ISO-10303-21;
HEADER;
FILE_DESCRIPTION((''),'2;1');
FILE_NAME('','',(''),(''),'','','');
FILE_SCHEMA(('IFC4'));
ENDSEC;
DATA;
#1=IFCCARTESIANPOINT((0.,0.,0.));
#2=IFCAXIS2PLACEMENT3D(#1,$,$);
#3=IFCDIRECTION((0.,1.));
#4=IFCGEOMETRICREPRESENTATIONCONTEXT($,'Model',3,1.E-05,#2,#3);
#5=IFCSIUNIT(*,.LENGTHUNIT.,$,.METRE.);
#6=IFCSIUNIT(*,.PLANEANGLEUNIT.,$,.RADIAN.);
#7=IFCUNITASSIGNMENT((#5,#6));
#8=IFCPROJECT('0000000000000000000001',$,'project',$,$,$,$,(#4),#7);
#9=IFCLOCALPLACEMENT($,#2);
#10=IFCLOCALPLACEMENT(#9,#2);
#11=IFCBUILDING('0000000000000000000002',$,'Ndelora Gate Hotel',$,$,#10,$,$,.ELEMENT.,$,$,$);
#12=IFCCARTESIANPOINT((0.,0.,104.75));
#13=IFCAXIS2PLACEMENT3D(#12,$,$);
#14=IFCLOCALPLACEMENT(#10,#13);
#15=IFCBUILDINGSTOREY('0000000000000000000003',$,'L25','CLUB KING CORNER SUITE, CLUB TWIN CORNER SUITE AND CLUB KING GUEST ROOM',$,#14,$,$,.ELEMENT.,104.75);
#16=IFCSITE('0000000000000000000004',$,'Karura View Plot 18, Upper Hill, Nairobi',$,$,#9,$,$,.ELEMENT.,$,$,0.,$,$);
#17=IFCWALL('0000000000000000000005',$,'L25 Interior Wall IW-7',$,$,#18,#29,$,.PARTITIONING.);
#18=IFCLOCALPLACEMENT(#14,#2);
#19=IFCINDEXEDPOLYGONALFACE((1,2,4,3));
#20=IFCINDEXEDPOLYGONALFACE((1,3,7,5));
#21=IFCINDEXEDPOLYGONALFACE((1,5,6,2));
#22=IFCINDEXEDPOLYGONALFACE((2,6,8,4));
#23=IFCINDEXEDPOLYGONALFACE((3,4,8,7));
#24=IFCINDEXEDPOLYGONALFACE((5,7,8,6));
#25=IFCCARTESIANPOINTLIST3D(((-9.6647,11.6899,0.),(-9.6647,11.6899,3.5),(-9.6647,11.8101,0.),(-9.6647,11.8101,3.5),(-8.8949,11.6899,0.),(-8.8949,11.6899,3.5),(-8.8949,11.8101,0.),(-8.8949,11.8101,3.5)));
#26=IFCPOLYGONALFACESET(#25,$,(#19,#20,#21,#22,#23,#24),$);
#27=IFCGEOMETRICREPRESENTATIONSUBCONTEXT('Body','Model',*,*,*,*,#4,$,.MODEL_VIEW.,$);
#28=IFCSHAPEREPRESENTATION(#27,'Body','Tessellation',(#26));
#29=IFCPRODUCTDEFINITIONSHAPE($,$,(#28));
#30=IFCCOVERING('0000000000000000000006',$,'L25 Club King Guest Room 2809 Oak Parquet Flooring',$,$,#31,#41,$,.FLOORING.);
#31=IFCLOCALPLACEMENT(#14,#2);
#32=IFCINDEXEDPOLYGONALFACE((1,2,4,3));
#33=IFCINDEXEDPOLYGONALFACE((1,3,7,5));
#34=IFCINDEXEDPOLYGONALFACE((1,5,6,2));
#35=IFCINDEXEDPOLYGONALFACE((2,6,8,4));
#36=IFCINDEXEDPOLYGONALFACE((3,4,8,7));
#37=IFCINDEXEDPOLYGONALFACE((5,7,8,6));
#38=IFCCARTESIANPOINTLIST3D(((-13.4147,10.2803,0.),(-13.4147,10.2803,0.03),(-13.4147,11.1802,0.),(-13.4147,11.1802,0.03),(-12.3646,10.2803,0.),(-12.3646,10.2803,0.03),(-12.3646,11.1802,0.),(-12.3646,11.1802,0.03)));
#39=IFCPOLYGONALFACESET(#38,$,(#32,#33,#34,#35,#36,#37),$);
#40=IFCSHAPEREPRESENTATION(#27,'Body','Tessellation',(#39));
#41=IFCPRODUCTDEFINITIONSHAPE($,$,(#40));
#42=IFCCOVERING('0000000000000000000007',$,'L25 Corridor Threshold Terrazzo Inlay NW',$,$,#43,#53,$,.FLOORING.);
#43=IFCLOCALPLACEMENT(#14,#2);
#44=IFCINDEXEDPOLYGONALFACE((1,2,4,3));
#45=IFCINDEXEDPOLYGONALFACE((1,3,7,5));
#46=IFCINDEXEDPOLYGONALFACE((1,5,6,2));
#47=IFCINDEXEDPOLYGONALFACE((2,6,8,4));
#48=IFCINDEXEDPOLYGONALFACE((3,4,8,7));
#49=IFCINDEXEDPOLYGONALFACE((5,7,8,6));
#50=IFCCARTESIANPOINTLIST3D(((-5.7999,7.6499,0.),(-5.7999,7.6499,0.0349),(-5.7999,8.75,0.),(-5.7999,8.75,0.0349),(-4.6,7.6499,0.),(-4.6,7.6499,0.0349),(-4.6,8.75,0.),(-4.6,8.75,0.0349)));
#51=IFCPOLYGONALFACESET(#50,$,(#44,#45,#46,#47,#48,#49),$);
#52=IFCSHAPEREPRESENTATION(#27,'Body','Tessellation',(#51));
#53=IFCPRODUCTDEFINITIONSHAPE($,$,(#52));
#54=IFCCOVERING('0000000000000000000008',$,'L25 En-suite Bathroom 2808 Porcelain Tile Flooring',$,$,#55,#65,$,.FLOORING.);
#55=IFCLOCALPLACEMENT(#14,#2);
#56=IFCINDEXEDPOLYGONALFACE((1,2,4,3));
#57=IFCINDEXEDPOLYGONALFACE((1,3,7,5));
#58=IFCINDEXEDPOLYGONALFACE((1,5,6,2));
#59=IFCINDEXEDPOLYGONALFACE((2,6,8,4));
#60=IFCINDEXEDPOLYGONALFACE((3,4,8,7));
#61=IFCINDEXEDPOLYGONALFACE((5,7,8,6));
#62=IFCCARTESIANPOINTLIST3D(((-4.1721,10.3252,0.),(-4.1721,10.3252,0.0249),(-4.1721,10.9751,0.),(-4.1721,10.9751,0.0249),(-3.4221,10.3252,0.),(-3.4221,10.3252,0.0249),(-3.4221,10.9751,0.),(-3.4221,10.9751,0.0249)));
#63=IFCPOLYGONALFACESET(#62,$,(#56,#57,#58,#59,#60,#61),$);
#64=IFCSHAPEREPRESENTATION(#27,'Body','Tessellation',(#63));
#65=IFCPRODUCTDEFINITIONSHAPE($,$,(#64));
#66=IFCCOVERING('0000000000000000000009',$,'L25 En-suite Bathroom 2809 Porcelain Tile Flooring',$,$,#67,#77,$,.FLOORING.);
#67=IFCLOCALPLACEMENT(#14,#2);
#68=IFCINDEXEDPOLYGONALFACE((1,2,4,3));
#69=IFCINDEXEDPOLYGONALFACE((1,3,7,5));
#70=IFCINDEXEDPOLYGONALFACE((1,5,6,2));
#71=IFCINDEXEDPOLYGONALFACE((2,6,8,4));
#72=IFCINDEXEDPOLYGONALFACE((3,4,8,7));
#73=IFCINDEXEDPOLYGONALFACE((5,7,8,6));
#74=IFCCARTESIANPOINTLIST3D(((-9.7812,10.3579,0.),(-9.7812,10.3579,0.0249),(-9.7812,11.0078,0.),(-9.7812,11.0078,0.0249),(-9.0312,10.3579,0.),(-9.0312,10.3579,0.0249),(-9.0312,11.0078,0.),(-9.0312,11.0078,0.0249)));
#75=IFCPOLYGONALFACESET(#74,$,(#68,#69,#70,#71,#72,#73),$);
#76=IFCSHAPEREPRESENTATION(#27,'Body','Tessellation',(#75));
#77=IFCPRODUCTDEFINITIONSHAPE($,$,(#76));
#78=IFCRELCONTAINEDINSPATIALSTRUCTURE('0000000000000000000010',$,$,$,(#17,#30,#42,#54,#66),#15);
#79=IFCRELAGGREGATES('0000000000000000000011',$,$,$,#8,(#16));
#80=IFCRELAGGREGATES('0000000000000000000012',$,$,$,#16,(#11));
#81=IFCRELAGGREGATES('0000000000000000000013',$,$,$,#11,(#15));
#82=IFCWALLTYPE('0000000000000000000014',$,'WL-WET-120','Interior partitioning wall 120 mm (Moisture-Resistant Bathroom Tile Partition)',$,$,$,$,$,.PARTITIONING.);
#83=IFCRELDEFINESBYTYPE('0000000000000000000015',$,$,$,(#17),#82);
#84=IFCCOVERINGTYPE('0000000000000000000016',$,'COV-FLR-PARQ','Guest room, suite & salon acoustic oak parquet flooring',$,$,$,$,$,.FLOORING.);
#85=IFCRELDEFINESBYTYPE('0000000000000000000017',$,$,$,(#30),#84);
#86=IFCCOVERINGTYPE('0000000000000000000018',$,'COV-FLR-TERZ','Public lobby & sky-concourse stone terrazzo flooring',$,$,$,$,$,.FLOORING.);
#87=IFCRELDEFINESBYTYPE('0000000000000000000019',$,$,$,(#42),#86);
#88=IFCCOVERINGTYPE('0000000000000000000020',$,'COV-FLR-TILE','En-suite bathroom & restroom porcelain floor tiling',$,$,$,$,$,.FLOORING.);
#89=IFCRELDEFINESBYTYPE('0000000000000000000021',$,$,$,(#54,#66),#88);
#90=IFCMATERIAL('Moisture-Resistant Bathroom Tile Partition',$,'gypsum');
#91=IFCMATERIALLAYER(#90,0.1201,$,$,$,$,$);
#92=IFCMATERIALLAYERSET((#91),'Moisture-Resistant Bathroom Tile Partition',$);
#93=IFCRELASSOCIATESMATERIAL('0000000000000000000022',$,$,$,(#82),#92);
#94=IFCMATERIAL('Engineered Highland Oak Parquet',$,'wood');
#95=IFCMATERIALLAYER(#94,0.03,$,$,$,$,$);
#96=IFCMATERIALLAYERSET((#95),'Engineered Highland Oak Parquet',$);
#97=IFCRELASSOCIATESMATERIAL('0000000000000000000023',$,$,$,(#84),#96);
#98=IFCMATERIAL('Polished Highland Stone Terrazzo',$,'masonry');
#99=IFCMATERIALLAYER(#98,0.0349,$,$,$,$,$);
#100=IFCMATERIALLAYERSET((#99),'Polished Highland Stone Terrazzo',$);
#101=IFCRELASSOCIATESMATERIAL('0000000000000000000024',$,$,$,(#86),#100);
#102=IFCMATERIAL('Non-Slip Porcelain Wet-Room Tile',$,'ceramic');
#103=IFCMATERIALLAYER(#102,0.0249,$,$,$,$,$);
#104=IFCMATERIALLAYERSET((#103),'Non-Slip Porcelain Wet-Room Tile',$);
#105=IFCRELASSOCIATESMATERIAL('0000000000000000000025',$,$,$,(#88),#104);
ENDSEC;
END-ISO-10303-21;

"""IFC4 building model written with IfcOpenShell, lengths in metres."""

from ifc_helpers import new_model, si_unit, direction, frame, frame_2d, origin, origin_2d, place, context, subcontext, project, spatial, rectangle, extrude, material, layer, layer_set, type_object, element, save


model = new_model("IFC4")

# Units and contexts
model_context = context("Model", 3, precision=1e-05, world=origin(), true_north=direction((0.0, 1.0)))
body_context = subcontext(model_context, "Body", "Model", "MODEL_VIEW")
ifc_project = project(units=[si_unit("LENGTHUNIT", "METRE"), si_unit("PLANEANGLEUNIT", "RADIAN")], contexts=[model_context])

# Site, building, storey
site_placement = place(None, origin())
site = spatial("IfcSite", under=ifc_project, at=site_placement, Name="Karura View Plot 18, Upper Hill, Nairobi", CompositionType="ELEMENT", RefElevation=0.0)
building_placement = place(site_placement, origin())
building = spatial("IfcBuilding", under=site, at=building_placement, Name="Ndelora Gate Hotel", CompositionType="ELEMENT")
storey_placement = place(building_placement, frame((0.0, 0.0, 104.75)))
storey = spatial("IfcBuildingStorey", under=building, at=storey_placement, Name="L25", Description="CLUB KING CORNER SUITE, CLUB TWIN CORNER SUITE AND CLUB KING GUEST ROOM", CompositionType="ELEMENT", Elevation=104.75)

# Shared definitions
ifc_material_1 = material(Name="Moisture-Resistant Bathroom Tile Partition", Category="gypsum")
ifc_layer_1 = layer(ifc_material_1, 0.1201)
ifc_layer_set_1 = layer_set([ifc_layer_1], Name="Moisture-Resistant Bathroom Tile Partition")
wall_type_1 = type_object("IfcWallType", Name="WL-WET-120", Description="Interior partitioning wall 120 mm (Moisture-Resistant Bathroom Tile Partition)", PredefinedType="PARTITIONING", material=ifc_layer_set_1)

# Wall
wall_1_placement = place(storey_placement, frame((-8.895, 11.75, 0.0), z_axis=(0.0, 0.0, 1.0), x_axis=(-1.0, 0.0, 0.0)))
element("IfcWall", 1, at=wall_1_placement, inside=storey, type_object=wall_type_1, Name="L25 Interior Wall IW-7", PredefinedType="PARTITIONING", context=body_context, shape_type="SweptSolid", body=[
    extrude(rectangle(XDim=0.7698, YDim=0.1201, at=frame_2d((0.3848, 0.0))), origin(), (0.0, 0.0, 1.0), 3.5),
])

# Coverings
ifc_material_2 = material(Name="Engineered Highland Oak Parquet", Category="wood")
ifc_layer_2 = layer(ifc_material_2, 0.03)
ifc_layer_set_2 = layer_set([ifc_layer_2], Name="Engineered Highland Oak Parquet")
covering_type_1 = type_object("IfcCoveringType", Name="COV-FLR-PARQ", Description="Guest room, suite & salon acoustic oak parquet flooring", PredefinedType="FLOORING", material=ifc_layer_set_2)
covering_1_placement = place(storey_placement, frame((-12.8896, 10.7302, 0.0), z_axis=(0.0, 0.0, 1.0), x_axis=(1.0, 0.0, 0.0)))
element("IfcCovering", 2, at=covering_1_placement, inside=storey, type_object=covering_type_1, Name="L25 Club King Guest Room 2809 Oak Parquet Flooring", PredefinedType="FLOORING", context=body_context, shape_type="SweptSolid", body=[
    extrude(rectangle(XDim=1.05, YDim=0.8999, at=origin_2d()), origin(), (0.0, 0.0, 1.0), 0.03),
])
ifc_material_3 = material(Name="Polished Highland Stone Terrazzo", Category="masonry")
ifc_layer_3 = layer(ifc_material_3, 0.0349)
ifc_layer_set_3 = layer_set([ifc_layer_3], Name="Polished Highland Stone Terrazzo")
covering_type_2 = type_object("IfcCoveringType", Name="COV-FLR-TERZ", Description="Public lobby & sky-concourse stone terrazzo flooring", PredefinedType="FLOORING", material=ifc_layer_set_3)
covering_2_placement = place(storey_placement, frame((-5.2, 8.2, 0.0), z_axis=(0.0, 0.0, 1.0), x_axis=(1.0, 0.0, 0.0)))
element("IfcCovering", 3, at=covering_2_placement, inside=storey, type_object=covering_type_2, Name="L25 Corridor Threshold Terrazzo Inlay NW", PredefinedType="FLOORING", context=body_context, shape_type="SweptSolid", body=[
    extrude(rectangle(XDim=1.2, YDim=1.1001, at=origin_2d()), origin(), (0.0, 0.0, 1.0), 0.0349),
])
ifc_material_4 = material(Name="Non-Slip Porcelain Wet-Room Tile", Category="ceramic")
ifc_layer_4 = layer(ifc_material_4, 0.0249)
ifc_layer_set_4 = layer_set([ifc_layer_4], Name="Non-Slip Porcelain Wet-Room Tile")
covering_type_3 = type_object("IfcCoveringType", Name="COV-FLR-TILE", Description="En-suite bathroom & restroom porcelain floor tiling", PredefinedType="FLOORING", material=ifc_layer_set_4)
for number, where, z_axis, x_axis, name in (
    (4, (-3.7971, 10.6501, 0.0), (0.0, 0.0, 1.0), (1.0, 0.0, 0.0), "L25 En-suite Bathroom 2808 Porcelain Tile Flooring"),
    (5, (-9.4062, 10.6829, 0.0), (0.0, 0.0, 1.0), (1.0, 0.0, 0.0), "L25 En-suite Bathroom 2809 Porcelain Tile Flooring"),
):
    element("IfcCovering", number, at=place(storey_placement, frame(where, z_axis=z_axis, x_axis=x_axis)), inside=storey, type_object=covering_type_3, Name=name, PredefinedType="FLOORING", context=body_context, shape_type="SweptSolid", body=[
        extrude(rectangle(XDim=0.75, YDim=0.6499, at=origin_2d()), origin(), (0.0, 0.0, 1.0), 0.0249),
    ])

save(model, "model.ifc")
